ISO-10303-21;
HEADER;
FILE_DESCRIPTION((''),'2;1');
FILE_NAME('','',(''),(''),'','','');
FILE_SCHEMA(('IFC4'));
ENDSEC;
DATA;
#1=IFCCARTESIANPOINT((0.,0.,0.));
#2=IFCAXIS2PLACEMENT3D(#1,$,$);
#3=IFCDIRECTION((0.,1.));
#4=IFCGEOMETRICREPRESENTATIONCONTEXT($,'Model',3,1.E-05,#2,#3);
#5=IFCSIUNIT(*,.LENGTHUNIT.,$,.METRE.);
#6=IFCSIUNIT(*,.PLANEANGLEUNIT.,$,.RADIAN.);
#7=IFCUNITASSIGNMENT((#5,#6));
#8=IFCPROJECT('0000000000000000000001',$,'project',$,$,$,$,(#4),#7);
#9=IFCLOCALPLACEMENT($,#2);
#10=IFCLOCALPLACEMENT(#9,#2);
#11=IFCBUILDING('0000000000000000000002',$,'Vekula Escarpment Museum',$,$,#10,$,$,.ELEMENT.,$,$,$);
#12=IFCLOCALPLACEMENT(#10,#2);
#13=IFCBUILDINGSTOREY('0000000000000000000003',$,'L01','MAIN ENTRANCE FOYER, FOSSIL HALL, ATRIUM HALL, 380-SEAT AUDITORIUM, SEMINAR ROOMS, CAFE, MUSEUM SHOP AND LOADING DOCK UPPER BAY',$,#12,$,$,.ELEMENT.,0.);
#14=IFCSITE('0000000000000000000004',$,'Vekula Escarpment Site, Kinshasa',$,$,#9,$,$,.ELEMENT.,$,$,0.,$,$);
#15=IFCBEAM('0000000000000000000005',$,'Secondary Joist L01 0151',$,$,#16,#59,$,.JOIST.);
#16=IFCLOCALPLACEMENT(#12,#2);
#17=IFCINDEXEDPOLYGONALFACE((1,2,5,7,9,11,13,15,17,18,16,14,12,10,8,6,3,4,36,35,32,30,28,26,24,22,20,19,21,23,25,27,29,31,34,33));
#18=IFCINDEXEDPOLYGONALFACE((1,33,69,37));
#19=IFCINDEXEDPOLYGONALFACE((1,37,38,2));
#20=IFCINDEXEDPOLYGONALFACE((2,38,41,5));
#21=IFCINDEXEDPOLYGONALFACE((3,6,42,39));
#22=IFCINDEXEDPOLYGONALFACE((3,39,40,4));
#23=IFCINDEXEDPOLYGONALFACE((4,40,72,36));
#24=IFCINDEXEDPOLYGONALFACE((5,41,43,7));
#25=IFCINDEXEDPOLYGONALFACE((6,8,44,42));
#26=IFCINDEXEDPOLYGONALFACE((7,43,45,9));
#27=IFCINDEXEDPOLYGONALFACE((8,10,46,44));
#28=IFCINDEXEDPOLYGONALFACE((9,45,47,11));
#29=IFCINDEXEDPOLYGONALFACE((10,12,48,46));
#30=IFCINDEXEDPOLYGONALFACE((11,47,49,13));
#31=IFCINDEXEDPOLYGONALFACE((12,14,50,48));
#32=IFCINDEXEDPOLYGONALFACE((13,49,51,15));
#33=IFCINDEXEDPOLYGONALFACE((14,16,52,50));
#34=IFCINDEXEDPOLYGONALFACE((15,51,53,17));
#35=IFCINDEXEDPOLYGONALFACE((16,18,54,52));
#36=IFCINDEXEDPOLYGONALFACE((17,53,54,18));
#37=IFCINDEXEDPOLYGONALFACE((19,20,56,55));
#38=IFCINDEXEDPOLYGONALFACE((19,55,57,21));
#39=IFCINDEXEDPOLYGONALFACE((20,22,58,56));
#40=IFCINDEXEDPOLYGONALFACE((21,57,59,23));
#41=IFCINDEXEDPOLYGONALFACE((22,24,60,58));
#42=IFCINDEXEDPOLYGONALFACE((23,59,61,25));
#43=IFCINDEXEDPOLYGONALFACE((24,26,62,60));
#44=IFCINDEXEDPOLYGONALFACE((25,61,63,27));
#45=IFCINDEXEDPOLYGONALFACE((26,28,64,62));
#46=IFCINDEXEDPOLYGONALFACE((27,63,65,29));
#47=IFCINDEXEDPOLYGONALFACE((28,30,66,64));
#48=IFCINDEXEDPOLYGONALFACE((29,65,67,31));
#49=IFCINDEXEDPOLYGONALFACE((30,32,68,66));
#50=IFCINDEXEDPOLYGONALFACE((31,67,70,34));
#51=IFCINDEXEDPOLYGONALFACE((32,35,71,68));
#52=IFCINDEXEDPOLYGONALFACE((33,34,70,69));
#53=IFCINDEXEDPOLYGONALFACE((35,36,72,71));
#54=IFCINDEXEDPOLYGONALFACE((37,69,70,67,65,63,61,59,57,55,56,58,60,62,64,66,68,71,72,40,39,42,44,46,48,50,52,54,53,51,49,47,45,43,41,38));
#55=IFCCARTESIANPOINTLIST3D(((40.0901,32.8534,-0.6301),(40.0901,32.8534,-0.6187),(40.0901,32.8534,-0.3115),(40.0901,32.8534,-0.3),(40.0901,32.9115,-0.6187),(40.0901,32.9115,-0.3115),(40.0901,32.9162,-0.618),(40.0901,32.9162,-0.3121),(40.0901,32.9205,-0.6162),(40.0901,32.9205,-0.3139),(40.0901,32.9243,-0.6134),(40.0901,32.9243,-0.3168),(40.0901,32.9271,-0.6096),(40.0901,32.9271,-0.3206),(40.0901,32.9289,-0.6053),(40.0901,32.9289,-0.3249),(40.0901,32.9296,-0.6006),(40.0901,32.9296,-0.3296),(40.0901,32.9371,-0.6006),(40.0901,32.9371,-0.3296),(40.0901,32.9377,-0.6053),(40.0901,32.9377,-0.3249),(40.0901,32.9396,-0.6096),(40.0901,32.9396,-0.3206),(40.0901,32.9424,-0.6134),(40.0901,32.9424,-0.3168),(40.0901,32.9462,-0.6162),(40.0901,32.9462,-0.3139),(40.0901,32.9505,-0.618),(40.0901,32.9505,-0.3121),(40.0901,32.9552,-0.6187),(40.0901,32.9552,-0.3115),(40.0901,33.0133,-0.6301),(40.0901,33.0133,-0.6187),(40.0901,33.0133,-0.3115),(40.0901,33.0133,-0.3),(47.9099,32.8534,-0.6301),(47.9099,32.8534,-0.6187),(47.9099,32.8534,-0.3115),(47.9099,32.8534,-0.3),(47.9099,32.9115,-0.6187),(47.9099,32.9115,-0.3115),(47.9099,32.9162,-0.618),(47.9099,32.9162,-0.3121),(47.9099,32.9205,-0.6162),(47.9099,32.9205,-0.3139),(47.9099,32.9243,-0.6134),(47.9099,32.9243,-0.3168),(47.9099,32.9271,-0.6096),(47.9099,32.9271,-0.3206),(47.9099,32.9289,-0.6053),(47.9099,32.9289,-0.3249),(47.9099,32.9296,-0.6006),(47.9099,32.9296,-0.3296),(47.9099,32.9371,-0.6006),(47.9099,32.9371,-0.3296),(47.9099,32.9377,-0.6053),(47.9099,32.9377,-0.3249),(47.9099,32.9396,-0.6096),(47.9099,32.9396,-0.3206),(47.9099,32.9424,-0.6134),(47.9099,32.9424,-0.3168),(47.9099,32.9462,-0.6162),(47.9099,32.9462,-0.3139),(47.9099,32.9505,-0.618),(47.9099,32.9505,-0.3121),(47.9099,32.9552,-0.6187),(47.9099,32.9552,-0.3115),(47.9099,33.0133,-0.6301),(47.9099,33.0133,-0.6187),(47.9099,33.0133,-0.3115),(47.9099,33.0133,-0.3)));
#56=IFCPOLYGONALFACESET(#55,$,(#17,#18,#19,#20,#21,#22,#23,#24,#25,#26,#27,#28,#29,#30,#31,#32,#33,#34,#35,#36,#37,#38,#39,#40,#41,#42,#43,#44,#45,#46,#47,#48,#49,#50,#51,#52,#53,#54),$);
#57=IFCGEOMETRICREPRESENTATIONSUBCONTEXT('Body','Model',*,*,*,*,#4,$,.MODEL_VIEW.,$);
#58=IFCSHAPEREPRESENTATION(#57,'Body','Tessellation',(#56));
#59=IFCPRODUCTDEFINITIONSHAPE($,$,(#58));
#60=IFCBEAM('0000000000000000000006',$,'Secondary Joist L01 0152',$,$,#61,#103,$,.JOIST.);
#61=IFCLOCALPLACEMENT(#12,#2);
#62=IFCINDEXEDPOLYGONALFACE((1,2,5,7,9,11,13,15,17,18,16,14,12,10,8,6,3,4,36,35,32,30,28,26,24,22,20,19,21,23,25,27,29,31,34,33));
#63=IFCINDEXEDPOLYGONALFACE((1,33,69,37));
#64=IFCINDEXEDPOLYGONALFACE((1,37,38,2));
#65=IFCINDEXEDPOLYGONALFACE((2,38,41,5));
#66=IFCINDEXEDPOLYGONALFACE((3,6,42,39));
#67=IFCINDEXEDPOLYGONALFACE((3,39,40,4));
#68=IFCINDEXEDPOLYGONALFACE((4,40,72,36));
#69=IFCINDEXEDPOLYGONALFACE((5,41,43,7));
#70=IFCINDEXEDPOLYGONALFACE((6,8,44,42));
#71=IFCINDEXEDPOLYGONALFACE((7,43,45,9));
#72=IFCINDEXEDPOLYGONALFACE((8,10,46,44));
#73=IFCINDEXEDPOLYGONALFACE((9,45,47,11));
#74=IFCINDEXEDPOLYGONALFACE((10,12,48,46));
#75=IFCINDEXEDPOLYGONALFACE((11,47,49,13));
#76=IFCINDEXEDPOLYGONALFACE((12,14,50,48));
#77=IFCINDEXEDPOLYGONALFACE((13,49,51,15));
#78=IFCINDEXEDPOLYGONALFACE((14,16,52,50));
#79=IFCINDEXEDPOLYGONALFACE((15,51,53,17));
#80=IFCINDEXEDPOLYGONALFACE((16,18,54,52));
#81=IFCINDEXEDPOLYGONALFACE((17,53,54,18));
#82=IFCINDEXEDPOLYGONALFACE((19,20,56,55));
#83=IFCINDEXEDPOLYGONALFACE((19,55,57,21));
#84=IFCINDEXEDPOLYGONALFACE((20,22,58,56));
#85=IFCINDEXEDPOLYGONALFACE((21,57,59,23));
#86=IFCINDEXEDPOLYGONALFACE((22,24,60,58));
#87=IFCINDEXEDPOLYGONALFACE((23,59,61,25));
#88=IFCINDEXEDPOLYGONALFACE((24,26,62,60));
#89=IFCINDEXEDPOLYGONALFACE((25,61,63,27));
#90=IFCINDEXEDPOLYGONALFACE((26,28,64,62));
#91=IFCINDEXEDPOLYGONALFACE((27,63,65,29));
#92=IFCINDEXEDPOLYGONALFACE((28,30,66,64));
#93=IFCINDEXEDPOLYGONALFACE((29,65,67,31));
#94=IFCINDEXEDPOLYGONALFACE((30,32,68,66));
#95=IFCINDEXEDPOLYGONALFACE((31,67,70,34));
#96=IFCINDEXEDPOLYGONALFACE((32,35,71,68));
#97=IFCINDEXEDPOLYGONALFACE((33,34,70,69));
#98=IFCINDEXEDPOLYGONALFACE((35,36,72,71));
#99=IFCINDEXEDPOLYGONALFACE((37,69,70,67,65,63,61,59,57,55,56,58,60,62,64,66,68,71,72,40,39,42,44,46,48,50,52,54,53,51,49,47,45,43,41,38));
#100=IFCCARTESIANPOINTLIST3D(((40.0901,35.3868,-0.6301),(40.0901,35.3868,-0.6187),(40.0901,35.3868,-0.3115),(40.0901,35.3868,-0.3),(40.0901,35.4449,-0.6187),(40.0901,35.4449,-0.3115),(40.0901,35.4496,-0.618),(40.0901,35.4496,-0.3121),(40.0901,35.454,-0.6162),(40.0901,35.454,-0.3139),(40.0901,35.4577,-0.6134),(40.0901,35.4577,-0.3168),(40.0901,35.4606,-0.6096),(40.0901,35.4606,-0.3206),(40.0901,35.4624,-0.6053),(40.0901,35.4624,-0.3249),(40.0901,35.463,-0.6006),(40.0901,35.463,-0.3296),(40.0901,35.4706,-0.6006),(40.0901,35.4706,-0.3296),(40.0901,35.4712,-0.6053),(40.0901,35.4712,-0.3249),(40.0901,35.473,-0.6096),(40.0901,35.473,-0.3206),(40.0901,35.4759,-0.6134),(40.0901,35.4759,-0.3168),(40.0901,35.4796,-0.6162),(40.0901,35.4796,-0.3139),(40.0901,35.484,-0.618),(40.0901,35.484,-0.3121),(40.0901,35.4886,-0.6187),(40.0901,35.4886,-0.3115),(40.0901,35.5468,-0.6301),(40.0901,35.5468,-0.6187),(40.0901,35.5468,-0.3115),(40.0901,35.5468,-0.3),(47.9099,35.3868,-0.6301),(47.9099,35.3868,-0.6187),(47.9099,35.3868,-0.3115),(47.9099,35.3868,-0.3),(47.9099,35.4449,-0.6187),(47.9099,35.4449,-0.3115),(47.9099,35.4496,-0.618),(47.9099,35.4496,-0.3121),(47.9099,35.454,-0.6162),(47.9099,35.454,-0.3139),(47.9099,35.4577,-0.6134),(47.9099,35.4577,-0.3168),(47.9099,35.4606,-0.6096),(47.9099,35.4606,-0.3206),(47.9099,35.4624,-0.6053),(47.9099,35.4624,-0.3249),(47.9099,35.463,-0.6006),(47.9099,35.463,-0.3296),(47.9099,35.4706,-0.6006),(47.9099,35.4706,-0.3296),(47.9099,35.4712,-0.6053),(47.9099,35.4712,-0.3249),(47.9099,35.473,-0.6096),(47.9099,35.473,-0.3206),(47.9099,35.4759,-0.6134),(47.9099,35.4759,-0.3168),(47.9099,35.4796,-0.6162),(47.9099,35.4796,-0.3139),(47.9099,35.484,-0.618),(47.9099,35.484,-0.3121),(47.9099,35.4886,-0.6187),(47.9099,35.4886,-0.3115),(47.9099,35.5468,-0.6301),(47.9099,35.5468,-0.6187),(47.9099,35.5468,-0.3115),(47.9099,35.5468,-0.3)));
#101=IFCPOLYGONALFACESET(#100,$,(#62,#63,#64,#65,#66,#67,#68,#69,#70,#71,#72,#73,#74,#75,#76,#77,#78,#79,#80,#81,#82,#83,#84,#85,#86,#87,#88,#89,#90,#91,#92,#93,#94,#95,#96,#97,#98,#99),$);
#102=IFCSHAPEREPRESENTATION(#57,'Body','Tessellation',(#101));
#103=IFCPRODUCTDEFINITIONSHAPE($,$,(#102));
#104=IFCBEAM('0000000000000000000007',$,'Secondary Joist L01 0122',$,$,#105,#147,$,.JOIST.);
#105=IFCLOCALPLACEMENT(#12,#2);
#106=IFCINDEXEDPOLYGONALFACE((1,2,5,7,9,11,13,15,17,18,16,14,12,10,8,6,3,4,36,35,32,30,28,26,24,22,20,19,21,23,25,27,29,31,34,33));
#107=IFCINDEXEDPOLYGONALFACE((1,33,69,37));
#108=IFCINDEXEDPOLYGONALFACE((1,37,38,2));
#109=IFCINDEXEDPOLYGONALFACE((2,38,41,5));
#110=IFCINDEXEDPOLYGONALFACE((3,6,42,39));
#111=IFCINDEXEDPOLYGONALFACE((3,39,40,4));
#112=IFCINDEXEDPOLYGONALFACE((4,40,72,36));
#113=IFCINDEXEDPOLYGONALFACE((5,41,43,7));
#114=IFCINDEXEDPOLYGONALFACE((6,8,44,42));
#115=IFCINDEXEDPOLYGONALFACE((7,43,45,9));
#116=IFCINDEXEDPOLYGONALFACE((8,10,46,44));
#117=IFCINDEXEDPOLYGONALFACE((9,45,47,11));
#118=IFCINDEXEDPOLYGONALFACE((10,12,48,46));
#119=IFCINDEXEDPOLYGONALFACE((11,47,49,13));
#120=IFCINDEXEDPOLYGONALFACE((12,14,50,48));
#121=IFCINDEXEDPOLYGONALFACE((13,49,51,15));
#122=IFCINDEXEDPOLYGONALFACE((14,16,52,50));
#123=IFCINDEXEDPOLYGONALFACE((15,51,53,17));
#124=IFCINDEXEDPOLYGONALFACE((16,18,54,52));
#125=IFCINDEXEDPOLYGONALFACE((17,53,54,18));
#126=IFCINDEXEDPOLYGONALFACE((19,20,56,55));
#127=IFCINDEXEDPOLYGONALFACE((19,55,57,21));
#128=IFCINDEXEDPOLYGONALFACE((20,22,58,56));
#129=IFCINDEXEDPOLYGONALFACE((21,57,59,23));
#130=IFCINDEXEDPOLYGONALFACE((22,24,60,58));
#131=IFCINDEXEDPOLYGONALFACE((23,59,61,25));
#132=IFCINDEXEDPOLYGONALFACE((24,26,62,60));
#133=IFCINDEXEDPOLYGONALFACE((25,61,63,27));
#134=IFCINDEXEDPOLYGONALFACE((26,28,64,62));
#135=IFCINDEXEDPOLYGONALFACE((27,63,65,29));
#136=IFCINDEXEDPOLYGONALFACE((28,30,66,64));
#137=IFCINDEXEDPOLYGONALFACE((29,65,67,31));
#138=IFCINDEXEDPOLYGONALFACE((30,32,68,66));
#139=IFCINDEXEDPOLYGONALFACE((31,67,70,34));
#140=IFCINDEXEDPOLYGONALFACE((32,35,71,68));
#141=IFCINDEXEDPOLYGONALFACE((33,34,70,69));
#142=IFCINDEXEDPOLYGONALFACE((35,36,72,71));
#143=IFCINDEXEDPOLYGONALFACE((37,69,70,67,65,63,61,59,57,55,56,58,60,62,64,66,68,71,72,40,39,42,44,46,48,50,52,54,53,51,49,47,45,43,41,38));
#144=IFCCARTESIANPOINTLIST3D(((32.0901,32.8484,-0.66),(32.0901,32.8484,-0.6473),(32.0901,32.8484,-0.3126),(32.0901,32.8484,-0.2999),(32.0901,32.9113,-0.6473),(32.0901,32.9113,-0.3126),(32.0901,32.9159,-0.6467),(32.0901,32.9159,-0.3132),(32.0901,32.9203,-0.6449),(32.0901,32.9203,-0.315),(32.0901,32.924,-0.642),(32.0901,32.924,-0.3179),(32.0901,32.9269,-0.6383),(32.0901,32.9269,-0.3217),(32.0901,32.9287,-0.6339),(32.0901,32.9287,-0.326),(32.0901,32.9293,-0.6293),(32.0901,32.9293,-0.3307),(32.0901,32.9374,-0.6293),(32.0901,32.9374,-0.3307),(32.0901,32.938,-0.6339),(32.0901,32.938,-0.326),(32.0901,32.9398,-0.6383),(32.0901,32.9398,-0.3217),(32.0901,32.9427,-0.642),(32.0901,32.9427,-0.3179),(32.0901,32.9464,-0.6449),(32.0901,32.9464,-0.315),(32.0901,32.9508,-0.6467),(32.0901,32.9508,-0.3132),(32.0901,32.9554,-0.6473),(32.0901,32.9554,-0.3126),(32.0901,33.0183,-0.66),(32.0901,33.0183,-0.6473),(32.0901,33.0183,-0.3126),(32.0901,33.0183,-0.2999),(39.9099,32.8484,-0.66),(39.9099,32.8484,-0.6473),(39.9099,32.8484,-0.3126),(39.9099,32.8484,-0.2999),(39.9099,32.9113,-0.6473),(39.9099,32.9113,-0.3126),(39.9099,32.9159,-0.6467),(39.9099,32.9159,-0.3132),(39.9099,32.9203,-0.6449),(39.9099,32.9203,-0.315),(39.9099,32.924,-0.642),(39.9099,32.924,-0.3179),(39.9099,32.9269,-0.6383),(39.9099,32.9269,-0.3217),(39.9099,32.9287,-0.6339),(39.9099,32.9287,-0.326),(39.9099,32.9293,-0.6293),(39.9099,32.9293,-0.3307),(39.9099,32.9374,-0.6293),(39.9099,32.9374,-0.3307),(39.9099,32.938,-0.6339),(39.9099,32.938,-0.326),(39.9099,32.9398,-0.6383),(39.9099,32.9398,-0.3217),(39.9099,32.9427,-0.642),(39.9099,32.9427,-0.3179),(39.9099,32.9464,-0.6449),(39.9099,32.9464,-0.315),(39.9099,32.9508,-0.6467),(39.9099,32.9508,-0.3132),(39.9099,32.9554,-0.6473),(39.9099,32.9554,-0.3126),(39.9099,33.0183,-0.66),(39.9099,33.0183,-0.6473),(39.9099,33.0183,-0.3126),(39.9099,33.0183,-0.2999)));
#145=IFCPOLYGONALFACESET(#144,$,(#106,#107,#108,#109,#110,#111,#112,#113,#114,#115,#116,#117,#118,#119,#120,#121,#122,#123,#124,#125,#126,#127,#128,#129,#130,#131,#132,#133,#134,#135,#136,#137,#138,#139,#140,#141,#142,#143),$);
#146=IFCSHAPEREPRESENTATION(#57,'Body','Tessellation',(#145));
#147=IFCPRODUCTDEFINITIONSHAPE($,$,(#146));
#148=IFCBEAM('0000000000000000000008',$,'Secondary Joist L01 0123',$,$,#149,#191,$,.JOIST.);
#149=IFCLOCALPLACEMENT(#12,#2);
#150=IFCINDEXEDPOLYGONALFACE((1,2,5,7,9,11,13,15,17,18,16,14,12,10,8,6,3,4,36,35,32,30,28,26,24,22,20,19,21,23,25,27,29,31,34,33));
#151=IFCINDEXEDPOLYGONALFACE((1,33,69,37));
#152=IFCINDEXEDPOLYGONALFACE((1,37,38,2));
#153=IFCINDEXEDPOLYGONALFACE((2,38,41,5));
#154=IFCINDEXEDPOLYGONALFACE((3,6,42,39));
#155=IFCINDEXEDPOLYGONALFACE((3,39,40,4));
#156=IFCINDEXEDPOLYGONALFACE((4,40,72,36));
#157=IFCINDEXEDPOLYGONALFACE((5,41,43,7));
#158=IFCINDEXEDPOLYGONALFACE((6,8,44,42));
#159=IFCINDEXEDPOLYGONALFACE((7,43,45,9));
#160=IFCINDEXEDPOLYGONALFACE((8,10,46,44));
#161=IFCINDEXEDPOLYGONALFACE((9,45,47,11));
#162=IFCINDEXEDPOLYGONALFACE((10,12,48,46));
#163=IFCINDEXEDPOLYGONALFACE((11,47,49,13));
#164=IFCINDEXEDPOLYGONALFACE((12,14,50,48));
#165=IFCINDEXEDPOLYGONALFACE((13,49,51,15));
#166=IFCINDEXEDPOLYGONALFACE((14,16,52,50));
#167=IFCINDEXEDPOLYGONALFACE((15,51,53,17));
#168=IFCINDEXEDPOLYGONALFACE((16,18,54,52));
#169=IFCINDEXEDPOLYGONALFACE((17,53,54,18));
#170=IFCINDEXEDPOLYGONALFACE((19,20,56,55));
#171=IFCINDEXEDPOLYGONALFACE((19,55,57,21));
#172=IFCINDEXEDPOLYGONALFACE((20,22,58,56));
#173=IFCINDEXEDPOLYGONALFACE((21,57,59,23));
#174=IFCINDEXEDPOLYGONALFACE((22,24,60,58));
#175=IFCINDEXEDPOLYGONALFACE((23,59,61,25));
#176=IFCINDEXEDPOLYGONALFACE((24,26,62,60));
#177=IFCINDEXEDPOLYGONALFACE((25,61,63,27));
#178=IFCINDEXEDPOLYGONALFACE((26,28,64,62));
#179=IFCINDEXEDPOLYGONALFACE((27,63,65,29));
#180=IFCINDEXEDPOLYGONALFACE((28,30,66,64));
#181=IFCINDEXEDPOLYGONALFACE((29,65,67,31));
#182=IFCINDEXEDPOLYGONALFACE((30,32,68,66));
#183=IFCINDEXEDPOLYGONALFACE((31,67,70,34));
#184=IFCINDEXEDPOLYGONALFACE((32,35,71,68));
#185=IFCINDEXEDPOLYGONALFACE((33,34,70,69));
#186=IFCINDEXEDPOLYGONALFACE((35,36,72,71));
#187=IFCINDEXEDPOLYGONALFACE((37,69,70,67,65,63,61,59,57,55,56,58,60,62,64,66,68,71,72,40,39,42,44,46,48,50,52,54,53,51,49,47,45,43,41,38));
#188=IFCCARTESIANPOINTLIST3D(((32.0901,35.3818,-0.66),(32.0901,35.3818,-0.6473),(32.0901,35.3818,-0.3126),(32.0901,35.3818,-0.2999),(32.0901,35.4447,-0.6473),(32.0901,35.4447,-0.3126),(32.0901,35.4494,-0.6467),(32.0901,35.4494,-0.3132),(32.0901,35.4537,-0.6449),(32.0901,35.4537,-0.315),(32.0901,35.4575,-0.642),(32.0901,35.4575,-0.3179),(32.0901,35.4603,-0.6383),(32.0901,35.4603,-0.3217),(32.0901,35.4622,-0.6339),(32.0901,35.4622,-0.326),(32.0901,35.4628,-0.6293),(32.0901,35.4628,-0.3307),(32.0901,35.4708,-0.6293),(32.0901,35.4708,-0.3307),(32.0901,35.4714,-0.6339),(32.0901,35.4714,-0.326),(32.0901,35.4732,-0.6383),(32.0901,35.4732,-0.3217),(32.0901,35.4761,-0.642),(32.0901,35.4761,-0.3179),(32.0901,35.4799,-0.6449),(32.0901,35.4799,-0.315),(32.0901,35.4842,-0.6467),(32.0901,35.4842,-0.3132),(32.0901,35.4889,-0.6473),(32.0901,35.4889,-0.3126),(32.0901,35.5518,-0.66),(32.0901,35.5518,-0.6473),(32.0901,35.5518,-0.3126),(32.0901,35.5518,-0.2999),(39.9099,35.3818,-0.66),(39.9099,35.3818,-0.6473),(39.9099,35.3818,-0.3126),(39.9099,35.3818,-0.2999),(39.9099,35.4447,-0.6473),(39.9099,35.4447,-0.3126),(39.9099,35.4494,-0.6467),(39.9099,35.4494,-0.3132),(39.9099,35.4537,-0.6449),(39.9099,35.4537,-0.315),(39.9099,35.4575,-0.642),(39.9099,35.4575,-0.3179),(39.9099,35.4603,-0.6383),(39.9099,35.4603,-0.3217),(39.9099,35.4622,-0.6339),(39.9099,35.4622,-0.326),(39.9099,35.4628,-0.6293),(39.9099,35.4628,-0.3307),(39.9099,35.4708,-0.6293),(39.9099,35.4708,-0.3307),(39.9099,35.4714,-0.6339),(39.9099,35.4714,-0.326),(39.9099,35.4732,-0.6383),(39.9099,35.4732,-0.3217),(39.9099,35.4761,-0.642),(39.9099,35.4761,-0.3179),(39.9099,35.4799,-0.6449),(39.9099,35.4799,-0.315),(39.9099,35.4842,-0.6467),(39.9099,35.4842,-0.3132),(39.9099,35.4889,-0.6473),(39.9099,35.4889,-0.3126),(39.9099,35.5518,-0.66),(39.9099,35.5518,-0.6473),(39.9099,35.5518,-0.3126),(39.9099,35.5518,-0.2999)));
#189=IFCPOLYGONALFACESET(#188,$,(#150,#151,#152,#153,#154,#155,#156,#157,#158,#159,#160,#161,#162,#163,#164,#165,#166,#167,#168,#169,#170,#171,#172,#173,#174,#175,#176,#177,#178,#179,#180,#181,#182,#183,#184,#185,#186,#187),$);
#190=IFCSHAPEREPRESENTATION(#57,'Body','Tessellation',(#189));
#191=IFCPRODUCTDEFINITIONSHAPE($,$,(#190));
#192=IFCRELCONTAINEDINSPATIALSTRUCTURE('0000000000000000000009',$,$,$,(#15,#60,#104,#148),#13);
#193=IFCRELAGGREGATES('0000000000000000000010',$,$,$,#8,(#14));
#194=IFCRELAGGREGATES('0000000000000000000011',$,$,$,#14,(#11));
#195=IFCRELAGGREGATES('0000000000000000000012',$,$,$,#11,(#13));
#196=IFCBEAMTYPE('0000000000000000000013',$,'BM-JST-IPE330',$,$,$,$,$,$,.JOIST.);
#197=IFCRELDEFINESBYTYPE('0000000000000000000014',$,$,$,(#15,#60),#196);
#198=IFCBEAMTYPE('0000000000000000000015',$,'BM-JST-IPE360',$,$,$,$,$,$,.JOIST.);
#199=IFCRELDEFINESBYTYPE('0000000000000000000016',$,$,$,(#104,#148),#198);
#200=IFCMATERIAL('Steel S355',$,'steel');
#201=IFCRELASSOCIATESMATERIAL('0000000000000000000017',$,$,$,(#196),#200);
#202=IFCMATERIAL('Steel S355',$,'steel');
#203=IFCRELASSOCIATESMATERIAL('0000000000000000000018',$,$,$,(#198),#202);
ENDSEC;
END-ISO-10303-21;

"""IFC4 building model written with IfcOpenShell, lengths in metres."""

from ifc_helpers import new_model, si_unit, direction, frame, origin, origin_2d, place, context, subcontext, project, spatial, i_section, extrude, material, material_profile, profile_set, type_object, element, save


model = new_model("IFC4")

# Units and contexts
model_context = context("Model", 3, precision=1e-05, world=origin(), true_north=direction((0.0, 1.0)))
body_context = subcontext(model_context, "Body", "Model", "MODEL_VIEW")
ifc_project = project(units=[si_unit("LENGTHUNIT", "METRE"), si_unit("PLANEANGLEUNIT", "RADIAN")], contexts=[model_context])

# Site, building, storey
site_placement = place(None, origin())
site = spatial("IfcSite", under=ifc_project, at=site_placement, Name="Vekula Escarpment Site, Kinshasa", CompositionType="ELEMENT", RefElevation=0.0)
building_placement = place(site_placement, origin())
building = spatial("IfcBuilding", under=site, at=building_placement, Name="Vekula Escarpment Museum", CompositionType="ELEMENT")
storey_placement = place(building_placement, origin())
storey = spatial("IfcBuildingStorey", under=building, at=storey_placement, Name="L01", Description="MAIN ENTRANCE FOYER, FOSSIL HALL, ATRIUM HALL, 380-SEAT AUDITORIUM, SEMINAR ROOMS, CAFE, MUSEUM SHOP AND LOADING DOCK UPPER BAY", CompositionType="ELEMENT", Elevation=0.0)

# Beams
ifc_material_1 = material(Name="Steel S355", Category="steel")
ifc_material_profile_1 = material_profile(ifc_material_1, i_section(OverallWidth=0.1599, OverallDepth=0.3301, WebThickness=0.0076, FlangeThickness=0.0115, FilletRadius=0.0181, at=origin_2d()), Name="IPE 330")
ifc_profile_set_1 = profile_set([ifc_material_profile_1], Name="Steel S355")
beam_type_1 = type_object("IfcBeamType", Name="BM-JST-IPE330", PredefinedType="JOIST", material=ifc_profile_set_1)
for number, where, z_axis, x_axis, name in (
    (1, (40.0901, 32.9333, -0.4651), (1.0, 0.0, 0.0), (0.0, 1.0, 0.0), "Secondary Joist L01 0151"),
    (2, (40.0901, 35.4668, -0.4651), (1.0, 0.0, 0.0), (0.0, 1.0, 0.0), "Secondary Joist L01 0152"),
):
    element("IfcBeam", number, at=place(storey_placement, frame(where, z_axis=z_axis, x_axis=x_axis)), inside=storey, type_object=beam_type_1, Name=name, PredefinedType="JOIST", context=body_context, shape_type="SweptSolid", body=[
        extrude(i_section(OverallWidth=0.1599, OverallDepth=0.3301, WebThickness=0.0076, FlangeThickness=0.0115, FilletRadius=0.0181, at=origin_2d()), origin(), (0.0, 0.0, 1.0), 7.8198),
    ])
ifc_material_2 = material(Name="Steel S355", Category="steel")
ifc_material_profile_2 = material_profile(ifc_material_2, i_section(OverallWidth=0.1699, OverallDepth=0.3601, WebThickness=0.0081, FlangeThickness=0.0127, FilletRadius=0.0181, at=origin_2d()), Name="IPE 360")
ifc_profile_set_2 = profile_set([ifc_material_profile_2], Name="Steel S355")
beam_type_2 = type_object("IfcBeamType", Name="BM-JST-IPE360", PredefinedType="JOIST", material=ifc_profile_set_2)
for number, where, z_axis, x_axis, name in (
    (3, (32.0901, 32.9333, -0.48), (1.0, 0.0, 0.0), (0.0, 1.0, 0.0), "Secondary Joist L01 0122"),
    (4, (32.0901, 35.4668, -0.48), (1.0, 0.0, 0.0), (0.0, 1.0, 0.0), "Secondary Joist L01 0123"),
):
    element("IfcBeam", number, at=place(storey_placement, frame(where, z_axis=z_axis, x_axis=x_axis)), inside=storey, type_object=beam_type_2, Name=name, PredefinedType="JOIST", context=body_context, shape_type="SweptSolid", body=[
        extrude(i_section(OverallWidth=0.1699, OverallDepth=0.3601, WebThickness=0.0081, FlangeThickness=0.0127, FilletRadius=0.0181, at=origin_2d()), origin(), (0.0, 0.0, 1.0), 7.8198),
    ])

save(model, "model.ifc")
